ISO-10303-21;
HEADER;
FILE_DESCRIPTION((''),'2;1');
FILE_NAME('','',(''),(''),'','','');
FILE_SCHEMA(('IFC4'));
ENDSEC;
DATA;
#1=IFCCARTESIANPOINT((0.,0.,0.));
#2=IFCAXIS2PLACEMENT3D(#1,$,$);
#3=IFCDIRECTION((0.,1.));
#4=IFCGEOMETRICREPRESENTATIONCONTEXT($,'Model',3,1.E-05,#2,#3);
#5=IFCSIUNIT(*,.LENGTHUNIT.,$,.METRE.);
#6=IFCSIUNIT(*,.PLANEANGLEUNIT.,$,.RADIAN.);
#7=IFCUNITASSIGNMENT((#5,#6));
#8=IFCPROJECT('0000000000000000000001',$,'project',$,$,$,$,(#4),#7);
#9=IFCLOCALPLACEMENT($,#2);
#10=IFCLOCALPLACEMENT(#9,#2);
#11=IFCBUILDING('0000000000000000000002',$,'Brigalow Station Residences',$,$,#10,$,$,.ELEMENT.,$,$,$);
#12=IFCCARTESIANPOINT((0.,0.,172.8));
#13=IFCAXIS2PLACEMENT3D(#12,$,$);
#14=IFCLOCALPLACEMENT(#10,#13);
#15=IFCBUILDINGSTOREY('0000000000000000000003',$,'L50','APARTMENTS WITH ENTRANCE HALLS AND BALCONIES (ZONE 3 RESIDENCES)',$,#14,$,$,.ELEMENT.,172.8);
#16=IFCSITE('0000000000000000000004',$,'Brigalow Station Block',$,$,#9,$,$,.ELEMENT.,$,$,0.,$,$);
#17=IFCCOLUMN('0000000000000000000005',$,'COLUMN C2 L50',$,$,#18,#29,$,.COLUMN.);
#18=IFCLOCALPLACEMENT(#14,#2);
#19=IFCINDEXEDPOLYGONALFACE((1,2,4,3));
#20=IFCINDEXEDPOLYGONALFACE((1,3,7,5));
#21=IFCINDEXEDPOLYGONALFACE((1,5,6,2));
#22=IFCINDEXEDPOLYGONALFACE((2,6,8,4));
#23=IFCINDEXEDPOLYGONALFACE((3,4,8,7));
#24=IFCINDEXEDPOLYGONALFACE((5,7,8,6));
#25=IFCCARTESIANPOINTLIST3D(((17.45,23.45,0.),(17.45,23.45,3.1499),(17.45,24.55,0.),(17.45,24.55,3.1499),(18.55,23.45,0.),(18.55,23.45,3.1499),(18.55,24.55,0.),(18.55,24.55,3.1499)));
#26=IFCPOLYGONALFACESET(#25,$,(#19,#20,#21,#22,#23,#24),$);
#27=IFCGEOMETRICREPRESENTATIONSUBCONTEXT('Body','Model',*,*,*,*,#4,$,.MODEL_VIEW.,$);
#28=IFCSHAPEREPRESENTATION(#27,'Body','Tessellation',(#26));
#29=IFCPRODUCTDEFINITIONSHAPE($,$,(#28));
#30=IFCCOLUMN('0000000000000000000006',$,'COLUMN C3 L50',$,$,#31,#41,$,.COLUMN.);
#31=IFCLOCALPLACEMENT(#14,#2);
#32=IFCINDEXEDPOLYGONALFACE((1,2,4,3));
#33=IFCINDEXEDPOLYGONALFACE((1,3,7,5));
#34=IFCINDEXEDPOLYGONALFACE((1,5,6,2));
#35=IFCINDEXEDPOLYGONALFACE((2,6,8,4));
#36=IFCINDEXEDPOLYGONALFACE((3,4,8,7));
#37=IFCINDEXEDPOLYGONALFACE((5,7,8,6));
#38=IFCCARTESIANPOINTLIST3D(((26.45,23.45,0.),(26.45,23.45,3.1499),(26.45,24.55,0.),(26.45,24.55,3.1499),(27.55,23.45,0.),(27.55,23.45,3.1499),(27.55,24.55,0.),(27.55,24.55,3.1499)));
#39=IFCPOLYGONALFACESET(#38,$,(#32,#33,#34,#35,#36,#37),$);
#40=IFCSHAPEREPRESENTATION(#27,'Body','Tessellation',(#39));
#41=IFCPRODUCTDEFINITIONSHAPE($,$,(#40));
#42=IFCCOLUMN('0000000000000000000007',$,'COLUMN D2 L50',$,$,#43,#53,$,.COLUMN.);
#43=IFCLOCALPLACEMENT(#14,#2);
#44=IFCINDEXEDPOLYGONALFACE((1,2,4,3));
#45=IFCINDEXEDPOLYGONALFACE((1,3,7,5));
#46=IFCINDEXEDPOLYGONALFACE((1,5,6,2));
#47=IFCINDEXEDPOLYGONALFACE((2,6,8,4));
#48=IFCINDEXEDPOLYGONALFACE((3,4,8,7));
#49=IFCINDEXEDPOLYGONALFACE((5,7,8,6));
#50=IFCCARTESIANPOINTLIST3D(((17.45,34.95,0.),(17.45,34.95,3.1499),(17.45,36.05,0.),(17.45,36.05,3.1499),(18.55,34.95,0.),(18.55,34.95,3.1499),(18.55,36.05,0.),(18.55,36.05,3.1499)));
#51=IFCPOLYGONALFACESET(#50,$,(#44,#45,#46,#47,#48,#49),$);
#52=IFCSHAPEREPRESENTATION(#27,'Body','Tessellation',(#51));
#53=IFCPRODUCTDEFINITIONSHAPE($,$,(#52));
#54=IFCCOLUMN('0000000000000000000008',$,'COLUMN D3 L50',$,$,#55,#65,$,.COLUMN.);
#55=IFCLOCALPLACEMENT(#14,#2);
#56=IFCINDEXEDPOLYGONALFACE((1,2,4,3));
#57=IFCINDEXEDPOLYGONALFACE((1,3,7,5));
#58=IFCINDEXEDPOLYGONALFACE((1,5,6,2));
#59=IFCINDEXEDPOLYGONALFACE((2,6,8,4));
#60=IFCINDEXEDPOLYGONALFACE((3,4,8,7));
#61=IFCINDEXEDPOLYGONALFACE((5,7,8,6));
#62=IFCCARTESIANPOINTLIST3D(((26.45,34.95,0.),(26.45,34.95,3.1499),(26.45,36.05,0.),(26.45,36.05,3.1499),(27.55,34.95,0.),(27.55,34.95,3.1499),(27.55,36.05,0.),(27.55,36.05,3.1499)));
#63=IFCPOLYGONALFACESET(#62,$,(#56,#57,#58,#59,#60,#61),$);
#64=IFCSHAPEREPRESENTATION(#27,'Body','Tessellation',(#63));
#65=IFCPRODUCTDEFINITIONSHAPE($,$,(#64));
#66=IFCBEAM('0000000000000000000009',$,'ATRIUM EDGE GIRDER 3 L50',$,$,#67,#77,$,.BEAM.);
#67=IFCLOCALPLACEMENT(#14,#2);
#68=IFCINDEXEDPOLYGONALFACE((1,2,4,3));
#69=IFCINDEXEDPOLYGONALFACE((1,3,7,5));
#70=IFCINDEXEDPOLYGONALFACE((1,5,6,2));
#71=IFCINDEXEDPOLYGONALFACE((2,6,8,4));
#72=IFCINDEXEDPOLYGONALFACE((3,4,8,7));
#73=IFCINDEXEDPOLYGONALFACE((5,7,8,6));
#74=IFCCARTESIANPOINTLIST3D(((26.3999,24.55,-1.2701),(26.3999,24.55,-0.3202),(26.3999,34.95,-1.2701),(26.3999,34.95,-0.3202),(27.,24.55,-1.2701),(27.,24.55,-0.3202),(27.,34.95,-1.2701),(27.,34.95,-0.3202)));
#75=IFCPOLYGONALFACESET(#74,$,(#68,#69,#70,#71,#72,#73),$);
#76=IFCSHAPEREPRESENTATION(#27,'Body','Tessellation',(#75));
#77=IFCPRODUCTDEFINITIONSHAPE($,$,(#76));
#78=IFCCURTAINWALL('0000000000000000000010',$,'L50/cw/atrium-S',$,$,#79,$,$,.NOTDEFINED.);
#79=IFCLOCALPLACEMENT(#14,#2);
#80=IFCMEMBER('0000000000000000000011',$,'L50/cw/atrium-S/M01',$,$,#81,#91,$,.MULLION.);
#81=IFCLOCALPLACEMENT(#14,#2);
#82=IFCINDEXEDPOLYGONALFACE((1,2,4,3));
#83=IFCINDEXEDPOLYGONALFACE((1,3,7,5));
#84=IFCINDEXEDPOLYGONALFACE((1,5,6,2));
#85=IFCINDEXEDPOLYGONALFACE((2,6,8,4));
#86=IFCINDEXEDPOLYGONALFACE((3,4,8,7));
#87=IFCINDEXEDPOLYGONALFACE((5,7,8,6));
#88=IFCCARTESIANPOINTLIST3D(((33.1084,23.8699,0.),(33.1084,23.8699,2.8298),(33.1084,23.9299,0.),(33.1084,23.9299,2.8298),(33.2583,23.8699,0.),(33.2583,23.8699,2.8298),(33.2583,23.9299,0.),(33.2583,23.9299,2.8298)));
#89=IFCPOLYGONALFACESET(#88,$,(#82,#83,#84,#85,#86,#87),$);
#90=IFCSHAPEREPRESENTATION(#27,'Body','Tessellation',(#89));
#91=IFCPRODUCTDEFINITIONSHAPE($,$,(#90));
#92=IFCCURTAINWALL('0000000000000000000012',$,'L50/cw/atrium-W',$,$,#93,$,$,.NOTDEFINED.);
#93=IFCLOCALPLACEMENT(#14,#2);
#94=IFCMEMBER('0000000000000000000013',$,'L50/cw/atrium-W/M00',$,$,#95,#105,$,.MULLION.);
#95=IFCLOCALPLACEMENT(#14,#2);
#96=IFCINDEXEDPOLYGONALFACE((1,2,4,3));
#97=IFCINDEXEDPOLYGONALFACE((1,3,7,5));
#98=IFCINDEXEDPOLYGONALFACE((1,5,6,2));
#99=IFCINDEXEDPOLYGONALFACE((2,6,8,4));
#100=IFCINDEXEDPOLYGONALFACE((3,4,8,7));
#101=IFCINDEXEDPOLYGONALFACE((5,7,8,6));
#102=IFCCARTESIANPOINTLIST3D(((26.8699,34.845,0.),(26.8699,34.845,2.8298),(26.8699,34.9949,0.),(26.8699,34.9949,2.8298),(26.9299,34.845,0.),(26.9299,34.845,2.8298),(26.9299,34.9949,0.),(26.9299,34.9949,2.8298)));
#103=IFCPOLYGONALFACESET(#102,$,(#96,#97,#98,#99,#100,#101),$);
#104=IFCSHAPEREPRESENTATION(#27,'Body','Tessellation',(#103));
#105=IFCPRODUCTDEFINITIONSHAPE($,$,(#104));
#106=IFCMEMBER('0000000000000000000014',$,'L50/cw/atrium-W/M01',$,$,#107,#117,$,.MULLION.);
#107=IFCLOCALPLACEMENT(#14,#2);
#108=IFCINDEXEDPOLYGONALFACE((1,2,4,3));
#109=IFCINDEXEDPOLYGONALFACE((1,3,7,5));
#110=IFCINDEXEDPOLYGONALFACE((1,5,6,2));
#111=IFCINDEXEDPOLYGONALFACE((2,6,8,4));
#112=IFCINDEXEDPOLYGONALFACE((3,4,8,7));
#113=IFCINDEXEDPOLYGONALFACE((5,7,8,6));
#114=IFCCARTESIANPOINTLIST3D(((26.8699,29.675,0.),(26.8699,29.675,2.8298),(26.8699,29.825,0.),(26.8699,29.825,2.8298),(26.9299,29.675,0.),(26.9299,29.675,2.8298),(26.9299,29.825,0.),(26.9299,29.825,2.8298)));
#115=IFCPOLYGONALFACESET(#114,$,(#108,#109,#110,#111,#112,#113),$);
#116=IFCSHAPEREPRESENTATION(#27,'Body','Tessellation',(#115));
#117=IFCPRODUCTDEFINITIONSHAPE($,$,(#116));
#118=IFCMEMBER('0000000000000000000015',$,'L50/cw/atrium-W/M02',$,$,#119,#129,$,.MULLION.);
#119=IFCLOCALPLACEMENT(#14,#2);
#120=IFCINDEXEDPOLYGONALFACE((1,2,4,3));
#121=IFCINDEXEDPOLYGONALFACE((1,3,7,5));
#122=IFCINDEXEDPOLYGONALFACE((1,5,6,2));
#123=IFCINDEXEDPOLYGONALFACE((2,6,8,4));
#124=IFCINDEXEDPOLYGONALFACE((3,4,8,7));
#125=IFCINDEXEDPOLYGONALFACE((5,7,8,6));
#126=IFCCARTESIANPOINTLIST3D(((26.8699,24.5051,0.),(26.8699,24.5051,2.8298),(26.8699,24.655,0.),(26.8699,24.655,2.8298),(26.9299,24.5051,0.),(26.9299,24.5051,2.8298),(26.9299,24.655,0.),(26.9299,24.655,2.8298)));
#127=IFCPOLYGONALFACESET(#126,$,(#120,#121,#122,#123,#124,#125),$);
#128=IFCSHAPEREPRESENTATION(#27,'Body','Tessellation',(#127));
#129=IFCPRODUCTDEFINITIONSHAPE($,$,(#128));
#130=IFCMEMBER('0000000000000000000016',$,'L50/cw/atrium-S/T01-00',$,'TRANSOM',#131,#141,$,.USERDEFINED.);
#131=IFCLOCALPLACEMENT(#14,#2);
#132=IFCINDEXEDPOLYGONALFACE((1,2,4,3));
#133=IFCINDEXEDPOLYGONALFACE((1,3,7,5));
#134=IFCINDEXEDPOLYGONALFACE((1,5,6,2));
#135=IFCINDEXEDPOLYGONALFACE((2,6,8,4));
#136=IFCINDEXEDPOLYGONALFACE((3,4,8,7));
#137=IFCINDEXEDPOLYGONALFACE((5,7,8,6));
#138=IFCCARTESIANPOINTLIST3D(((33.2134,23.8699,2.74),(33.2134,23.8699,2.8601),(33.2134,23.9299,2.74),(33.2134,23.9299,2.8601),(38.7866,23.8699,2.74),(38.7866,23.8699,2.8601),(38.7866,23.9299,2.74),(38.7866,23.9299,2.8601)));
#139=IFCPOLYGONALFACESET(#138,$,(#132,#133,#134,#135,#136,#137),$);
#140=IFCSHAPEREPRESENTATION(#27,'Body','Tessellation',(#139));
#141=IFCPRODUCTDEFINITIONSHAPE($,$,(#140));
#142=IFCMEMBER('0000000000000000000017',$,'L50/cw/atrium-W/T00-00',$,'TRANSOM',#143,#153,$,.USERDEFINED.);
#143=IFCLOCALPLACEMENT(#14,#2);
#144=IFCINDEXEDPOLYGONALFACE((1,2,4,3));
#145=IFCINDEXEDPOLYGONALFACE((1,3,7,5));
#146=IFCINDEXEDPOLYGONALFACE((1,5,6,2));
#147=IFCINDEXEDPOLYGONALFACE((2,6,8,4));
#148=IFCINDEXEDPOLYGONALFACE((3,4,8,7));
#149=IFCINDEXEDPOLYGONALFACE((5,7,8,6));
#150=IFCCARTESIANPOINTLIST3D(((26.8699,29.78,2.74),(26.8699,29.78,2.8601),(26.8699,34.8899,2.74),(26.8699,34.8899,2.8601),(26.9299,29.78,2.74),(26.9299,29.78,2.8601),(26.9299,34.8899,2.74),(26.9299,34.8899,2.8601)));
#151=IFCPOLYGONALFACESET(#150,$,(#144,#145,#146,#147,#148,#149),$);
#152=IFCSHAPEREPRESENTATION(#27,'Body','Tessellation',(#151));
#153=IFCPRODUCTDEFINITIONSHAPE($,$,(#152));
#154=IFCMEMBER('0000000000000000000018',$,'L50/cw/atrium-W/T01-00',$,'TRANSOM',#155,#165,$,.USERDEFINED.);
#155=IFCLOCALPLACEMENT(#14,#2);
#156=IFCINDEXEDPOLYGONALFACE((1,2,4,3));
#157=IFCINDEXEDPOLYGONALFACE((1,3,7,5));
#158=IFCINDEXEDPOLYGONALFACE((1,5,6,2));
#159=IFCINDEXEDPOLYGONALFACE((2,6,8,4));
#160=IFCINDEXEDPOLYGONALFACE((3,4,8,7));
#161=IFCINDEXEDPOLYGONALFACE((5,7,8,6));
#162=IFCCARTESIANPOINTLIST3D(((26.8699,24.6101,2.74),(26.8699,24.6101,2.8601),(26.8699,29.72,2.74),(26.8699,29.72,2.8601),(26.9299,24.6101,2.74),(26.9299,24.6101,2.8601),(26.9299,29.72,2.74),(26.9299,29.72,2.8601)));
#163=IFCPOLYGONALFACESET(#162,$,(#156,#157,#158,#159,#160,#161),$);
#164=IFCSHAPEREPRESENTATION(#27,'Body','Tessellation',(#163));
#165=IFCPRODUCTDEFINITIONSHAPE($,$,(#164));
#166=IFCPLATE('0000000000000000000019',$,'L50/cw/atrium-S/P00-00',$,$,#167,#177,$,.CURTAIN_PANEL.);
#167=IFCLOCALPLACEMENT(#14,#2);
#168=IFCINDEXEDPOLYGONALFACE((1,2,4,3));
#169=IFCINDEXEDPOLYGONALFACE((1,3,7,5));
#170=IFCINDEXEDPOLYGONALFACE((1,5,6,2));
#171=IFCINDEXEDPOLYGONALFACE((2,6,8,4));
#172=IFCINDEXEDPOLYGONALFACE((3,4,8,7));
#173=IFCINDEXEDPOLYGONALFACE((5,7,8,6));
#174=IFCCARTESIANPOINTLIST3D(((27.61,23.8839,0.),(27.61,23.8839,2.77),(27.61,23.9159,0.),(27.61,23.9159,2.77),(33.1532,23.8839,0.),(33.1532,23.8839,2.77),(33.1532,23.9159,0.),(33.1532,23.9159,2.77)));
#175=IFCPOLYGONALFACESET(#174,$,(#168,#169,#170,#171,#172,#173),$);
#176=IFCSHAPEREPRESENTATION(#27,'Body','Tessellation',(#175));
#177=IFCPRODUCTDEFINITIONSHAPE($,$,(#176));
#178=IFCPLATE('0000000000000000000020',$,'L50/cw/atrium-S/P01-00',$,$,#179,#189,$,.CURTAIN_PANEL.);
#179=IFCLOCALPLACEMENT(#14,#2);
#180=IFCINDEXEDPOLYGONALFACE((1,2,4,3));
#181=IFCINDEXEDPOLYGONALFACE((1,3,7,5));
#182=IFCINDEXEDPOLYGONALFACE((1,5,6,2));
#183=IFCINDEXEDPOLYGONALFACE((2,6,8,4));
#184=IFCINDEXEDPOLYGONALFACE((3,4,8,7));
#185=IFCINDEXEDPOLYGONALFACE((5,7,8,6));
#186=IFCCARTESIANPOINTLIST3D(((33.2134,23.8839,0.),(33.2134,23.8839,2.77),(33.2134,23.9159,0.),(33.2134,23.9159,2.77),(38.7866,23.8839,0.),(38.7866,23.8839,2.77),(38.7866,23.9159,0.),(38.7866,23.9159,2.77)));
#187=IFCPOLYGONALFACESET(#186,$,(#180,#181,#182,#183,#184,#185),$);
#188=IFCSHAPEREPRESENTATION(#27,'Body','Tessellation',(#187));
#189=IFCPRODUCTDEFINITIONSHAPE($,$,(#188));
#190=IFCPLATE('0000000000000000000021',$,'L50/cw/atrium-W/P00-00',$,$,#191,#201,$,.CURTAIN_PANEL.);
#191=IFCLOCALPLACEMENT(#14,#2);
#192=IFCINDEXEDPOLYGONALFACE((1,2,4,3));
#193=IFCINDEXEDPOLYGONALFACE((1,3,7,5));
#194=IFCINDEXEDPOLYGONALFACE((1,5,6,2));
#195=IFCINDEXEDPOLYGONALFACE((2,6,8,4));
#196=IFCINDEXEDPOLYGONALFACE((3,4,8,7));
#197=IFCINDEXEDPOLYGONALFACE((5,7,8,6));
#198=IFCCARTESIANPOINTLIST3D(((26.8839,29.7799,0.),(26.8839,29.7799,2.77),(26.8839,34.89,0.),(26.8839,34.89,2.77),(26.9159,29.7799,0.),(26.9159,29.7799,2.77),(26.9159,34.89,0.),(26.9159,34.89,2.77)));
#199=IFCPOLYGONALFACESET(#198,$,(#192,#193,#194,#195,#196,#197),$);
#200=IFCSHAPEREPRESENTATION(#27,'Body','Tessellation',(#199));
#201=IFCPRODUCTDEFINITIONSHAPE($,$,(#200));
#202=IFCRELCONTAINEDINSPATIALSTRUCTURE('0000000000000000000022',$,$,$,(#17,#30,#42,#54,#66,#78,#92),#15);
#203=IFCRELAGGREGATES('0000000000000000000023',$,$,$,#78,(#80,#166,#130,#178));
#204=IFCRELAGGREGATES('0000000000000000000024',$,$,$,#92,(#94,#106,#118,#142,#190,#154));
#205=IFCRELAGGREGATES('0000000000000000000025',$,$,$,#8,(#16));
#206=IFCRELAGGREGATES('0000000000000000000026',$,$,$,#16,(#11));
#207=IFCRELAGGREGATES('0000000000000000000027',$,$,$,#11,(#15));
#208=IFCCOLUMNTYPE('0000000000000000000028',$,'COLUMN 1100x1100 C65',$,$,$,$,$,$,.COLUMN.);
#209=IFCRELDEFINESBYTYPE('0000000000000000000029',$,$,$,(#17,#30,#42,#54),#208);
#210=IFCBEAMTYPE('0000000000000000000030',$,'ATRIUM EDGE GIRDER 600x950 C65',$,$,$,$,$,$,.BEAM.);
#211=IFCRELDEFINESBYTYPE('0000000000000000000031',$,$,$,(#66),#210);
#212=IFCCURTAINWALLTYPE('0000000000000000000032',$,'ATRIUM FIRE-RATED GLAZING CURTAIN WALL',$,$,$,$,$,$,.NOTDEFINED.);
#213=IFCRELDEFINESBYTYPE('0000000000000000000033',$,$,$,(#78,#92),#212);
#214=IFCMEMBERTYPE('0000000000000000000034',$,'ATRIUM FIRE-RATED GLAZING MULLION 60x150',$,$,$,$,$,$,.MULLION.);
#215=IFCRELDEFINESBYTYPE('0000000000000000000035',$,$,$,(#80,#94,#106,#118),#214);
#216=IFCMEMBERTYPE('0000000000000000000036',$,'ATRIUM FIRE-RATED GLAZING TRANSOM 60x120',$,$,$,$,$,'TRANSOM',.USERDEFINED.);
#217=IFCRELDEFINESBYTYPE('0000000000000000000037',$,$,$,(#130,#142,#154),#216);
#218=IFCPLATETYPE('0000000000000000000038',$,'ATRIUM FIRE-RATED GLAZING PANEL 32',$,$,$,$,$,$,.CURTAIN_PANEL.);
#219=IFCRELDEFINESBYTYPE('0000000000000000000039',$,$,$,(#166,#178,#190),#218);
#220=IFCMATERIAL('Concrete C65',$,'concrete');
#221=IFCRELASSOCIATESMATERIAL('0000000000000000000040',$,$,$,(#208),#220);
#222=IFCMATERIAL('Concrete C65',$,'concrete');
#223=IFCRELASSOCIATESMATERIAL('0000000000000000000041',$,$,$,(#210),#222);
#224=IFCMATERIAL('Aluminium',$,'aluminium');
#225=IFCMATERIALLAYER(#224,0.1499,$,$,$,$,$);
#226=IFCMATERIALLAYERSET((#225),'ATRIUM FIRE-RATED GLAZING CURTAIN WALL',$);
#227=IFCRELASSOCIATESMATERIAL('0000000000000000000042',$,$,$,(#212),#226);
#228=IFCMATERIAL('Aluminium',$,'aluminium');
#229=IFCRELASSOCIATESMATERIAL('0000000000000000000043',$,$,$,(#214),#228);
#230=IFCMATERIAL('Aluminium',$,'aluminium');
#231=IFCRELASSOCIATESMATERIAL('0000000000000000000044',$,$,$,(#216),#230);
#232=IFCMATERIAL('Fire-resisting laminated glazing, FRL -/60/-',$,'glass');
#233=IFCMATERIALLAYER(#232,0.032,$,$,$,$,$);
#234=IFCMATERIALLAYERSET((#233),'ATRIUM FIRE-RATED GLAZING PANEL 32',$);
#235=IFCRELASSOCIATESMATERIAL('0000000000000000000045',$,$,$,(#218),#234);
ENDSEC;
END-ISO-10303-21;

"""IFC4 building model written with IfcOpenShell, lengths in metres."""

from ifc_helpers import new_model, si_unit, direction, frame, origin, origin_2d, place, context, subcontext, project, spatial, rectangle, extrude, material, layer, layer_set, material_profile, profile_set, type_object, element, aggregate, save


model = new_model("IFC4")

# Units and contexts
model_context = context("Model", 3, precision=1e-05, world=origin(), true_north=direction((0.0, 1.0)))
body_context = subcontext(model_context, "Body", "Model", "MODEL_VIEW")
ifc_project = project(units=[si_unit("LENGTHUNIT", "METRE"), si_unit("PLANEANGLEUNIT", "RADIAN")], contexts=[model_context])

# Site, building, storey
site_placement = place(None, origin())
site = spatial("IfcSite", under=ifc_project, at=site_placement, Name="Brigalow Station Block", CompositionType="ELEMENT", RefElevation=0.0)
building_placement = place(site_placement, origin())
building = spatial("IfcBuilding", under=site, at=building_placement, Name="Brigalow Station Residences", CompositionType="ELEMENT")
storey_placement = place(building_placement, frame((0.0, 0.0, 172.8)))
storey = spatial("IfcBuildingStorey", under=building, at=storey_placement, Name="L50", Description="APARTMENTS WITH ENTRANCE HALLS AND BALCONIES (ZONE 3 RESIDENCES)", CompositionType="ELEMENT", Elevation=172.8)

# Columns
ifc_material_1 = material(Name="Concrete C65", Category="concrete")
ifc_material_profile_1 = material_profile(ifc_material_1, rectangle(XDim=1.1001, YDim=1.1001, at=origin_2d()), Name="RC1100x1100")
ifc_profile_set_1 = profile_set([ifc_material_profile_1], Name="Concrete C65")
column_type = type_object("IfcColumnType", Name="COLUMN 1100x1100 C65", PredefinedType="COLUMN", material=ifc_profile_set_1)
for number, where, z_axis, x_axis, name in (
    (1, (18.0, 24.0, 0.0), (0.0, 0.0, 1.0), (1.0, 0.0, 0.0), "COLUMN C2 L50"),
    (2, (27.0, 24.0, 0.0), (0.0, 0.0, 1.0), (1.0, 0.0, 0.0), "COLUMN C3 L50"),
    (3, (18.0, 35.5, 0.0), (0.0, 0.0, 1.0), (1.0, 0.0, 0.0), "COLUMN D2 L50"),
    (4, (27.0, 35.5, 0.0), (0.0, 0.0, 1.0), (1.0, 0.0, 0.0), "COLUMN D3 L50"),
):
    element("IfcColumn", number, at=place(storey_placement, frame(where, z_axis=z_axis, x_axis=x_axis)), inside=storey, type_object=column_type, Name=name, PredefinedType="COLUMN", context=body_context, shape_type="SweptSolid", body=[
        extrude(rectangle(XDim=1.1001, YDim=1.1001, at=origin_2d()), origin(), (0.0, 0.0, 1.0), 3.1499),
    ])

# Beam
ifc_material_2 = material(Name="Concrete C65", Category="concrete")
ifc_material_profile_2 = material_profile(ifc_material_2, rectangle(XDim=0.6001, YDim=0.95, at=origin_2d()), Name="RC600x950")
ifc_profile_set_2 = profile_set([ifc_material_profile_2], Name="Concrete C65")
beam_type = type_object("IfcBeamType", Name="ATRIUM EDGE GIRDER 600x950 C65", PredefinedType="BEAM", material=ifc_profile_set_2)
beam_placement = place(storey_placement, frame((26.7, 24.55, -0.7952), z_axis=(0.0, 1.0, 0.0), x_axis=(-1.0, 0.0, 0.0)))
element("IfcBeam", 5, at=beam_placement, inside=storey, type_object=beam_type, Name="ATRIUM EDGE GIRDER 3 L50", PredefinedType="BEAM", context=body_context, shape_type="SweptSolid", body=[
    extrude(rectangle(XDim=0.6001, YDim=0.95, at=origin_2d()), origin(), (0.0, 0.0, 1.0), 10.3999),
])

# Curtain wall, member
ifc_material_3 = material(Name="Aluminium", Category="aluminium")
ifc_layer_1 = layer(ifc_material_3, 0.1499)
ifc_layer_set_1 = layer_set([ifc_layer_1], Name="ATRIUM FIRE-RATED GLAZING CURTAIN WALL")
curtain_wall_type = type_object("IfcCurtainWallType", Name="ATRIUM FIRE-RATED GLAZING CURTAIN WALL", PredefinedType="NOTDEFINED", material=ifc_layer_set_1)
curtain_wall_1_placement = place(storey_placement, origin())
curtain_wall_1 = element("IfcCurtainWall", 6, at=curtain_wall_1_placement, inside=storey, type_object=curtain_wall_type, Name="L50/cw/atrium-S", PredefinedType="NOTDEFINED")
ifc_material_4 = material(Name="Aluminium", Category="aluminium")
ifc_material_profile_3 = material_profile(ifc_material_4, rectangle(XDim=0.0601, YDim=0.1499, at=origin_2d()), Name="ATRIUM FIRE-RATED GLAZING MULLION 60x150")
ifc_profile_set_3 = profile_set([ifc_material_profile_3], Name="Aluminium")
member_type_1 = type_object("IfcMemberType", Name="ATRIUM FIRE-RATED GLAZING MULLION 60x150", PredefinedType="MULLION", material=ifc_profile_set_3)
member_1_placement = place(storey_placement, frame((33.1833, 23.8999, 0.0), z_axis=(0.0, 0.0, 1.0), x_axis=(0.0, 1.0, 0.0)))
member_1 = element("IfcMember", 7, at=member_1_placement, type_object=member_type_1, Name="L50/cw/atrium-S/M01", PredefinedType="MULLION", context=body_context, shape_type="SweptSolid", body=[
    extrude(rectangle(XDim=0.0601, YDim=0.1499, at=origin_2d()), origin(), (0.0, 0.0, 1.0), 2.8298),
])

# Curtain wall, members
curtain_wall_2_placement = place(storey_placement, origin())
curtain_wall_2 = element("IfcCurtainWall", 8, at=curtain_wall_2_placement, inside=storey, type_object=curtain_wall_type, Name="L50/cw/atrium-W", PredefinedType="NOTDEFINED")
member_2_placement = place(storey_placement, frame((26.8999, 34.9199, 0.0), z_axis=(0.0, 0.0, 1.0), x_axis=(1.0, 0.0, 0.0)))
member_2 = element("IfcMember", 9, at=member_2_placement, type_object=member_type_1, Name="L50/cw/atrium-W/M00", PredefinedType="MULLION", context=body_context, shape_type="SweptSolid", body=[
    extrude(rectangle(XDim=0.0601, YDim=0.1499, at=origin_2d()), origin(), (0.0, 0.0, 1.0), 2.8298),
])
member_3_placement = place(storey_placement, frame((26.8999, 29.75, 0.0), z_axis=(0.0, 0.0, 1.0), x_axis=(1.0, 0.0, 0.0)))
member_3 = element("IfcMember", 10, at=member_3_placement, type_object=member_type_1, Name="L50/cw/atrium-W/M01", PredefinedType="MULLION", context=body_context, shape_type="SweptSolid", body=[
    extrude(rectangle(XDim=0.0601, YDim=0.1499, at=origin_2d()), origin(), (0.0, 0.0, 1.0), 2.8298),
])
member_4_placement = place(storey_placement, frame((26.8999, 24.5801, 0.0), z_axis=(0.0, 0.0, 1.0), x_axis=(1.0, 0.0, 0.0)))
member_4 = element("IfcMember", 11, at=member_4_placement, type_object=member_type_1, Name="L50/cw/atrium-W/M02", PredefinedType="MULLION", context=body_context, shape_type="SweptSolid", body=[
    extrude(rectangle(XDim=0.0601, YDim=0.1499, at=origin_2d()), origin(), (0.0, 0.0, 1.0), 2.8298),
])

# Members
ifc_material_5 = material(Name="Aluminium", Category="aluminium")
ifc_material_profile_4 = material_profile(ifc_material_5, rectangle(XDim=0.0601, YDim=0.1201, at=origin_2d()), Name="ATRIUM FIRE-RATED GLAZING TRANSOM 60x120")
ifc_profile_set_4 = profile_set([ifc_material_profile_4], Name="Aluminium")
member_type_2 = type_object("IfcMemberType", Name="ATRIUM FIRE-RATED GLAZING TRANSOM 60x120", ElementType="TRANSOM", PredefinedType="USERDEFINED", material=ifc_profile_set_4)
member_5_placement = place(storey_placement, frame((33.2134, 23.8999, 2.8), z_axis=(1.0, 0.0, 0.0), x_axis=(0.0, 1.0, 0.0)))
member_5 = element("IfcMember", 12, at=member_5_placement, type_object=member_type_2, Name="L50/cw/atrium-S/T01-00", ObjectType="TRANSOM", PredefinedType="USERDEFINED", context=body_context, shape_type="SweptSolid", body=[
    extrude(rectangle(XDim=0.0601, YDim=0.1201, at=origin_2d()), origin(), (0.0, 0.0, 1.0), 5.5732),
])
member_6_placement = place(storey_placement, frame((26.8999, 34.8899, 2.8), z_axis=(0.0, -1.0, 0.0), x_axis=(1.0, 0.0, 0.0)))
member_6 = element("IfcMember", 13, at=member_6_placement, type_object=member_type_2, Name="L50/cw/atrium-W/T00-00", ObjectType="TRANSOM", PredefinedType="USERDEFINED", context=body_context, shape_type="SweptSolid", body=[
    extrude(rectangle(XDim=0.0601, YDim=0.1201, at=origin_2d()), origin(), (0.0, 0.0, 1.0), 5.1099),
])
member_7_placement = place(storey_placement, frame((26.8999, 29.72, 2.8), z_axis=(0.0, -1.0, 0.0), x_axis=(1.0, 0.0, 0.0)))
member_7 = element("IfcMember", 14, at=member_7_placement, type_object=member_type_2, Name="L50/cw/atrium-W/T01-00", ObjectType="TRANSOM", PredefinedType="USERDEFINED", context=body_context, shape_type="SweptSolid", body=[
    extrude(rectangle(XDim=0.0601, YDim=0.1201, at=origin_2d()), origin(), (0.0, 0.0, 1.0), 5.1099),
])

# Plates
ifc_material_6 = material(Name="Fire-resisting laminated glazing, FRL -/60/-", Category="glass")
ifc_layer_2 = layer(ifc_material_6, 0.032)
ifc_layer_set_2 = layer_set([ifc_layer_2], Name="ATRIUM FIRE-RATED GLAZING PANEL 32")
plate_type = type_object("IfcPlateType", Name="ATRIUM FIRE-RATED GLAZING PANEL 32", PredefinedType="CURTAIN_PANEL", material=ifc_layer_set_2)
plate_1_placement = place(storey_placement, frame((30.3816, 23.8999, 0.0), z_axis=(0.0, 0.0, 1.0), x_axis=(1.0, 0.0, 0.0)))
plate_1 = element("IfcPlate", 15, at=plate_1_placement, type_object=plate_type, Name="L50/cw/atrium-S/P00-00", PredefinedType="CURTAIN_PANEL", context=body_context, shape_type="SweptSolid", body=[
    extrude(rectangle(XDim=5.5432, YDim=0.032, at=origin_2d()), origin(), (0.0, 0.0, 1.0), 2.77),
])
plate_2_placement = place(storey_placement, frame((36.0, 23.8999, 0.0), z_axis=(0.0, 0.0, 1.0), x_axis=(1.0, 0.0, 0.0)))
plate_2 = element("IfcPlate", 16, at=plate_2_placement, type_object=plate_type, Name="L50/cw/atrium-S/P01-00", PredefinedType="CURTAIN_PANEL", context=body_context, shape_type="SweptSolid", body=[
    extrude(rectangle(XDim=5.5732, YDim=0.032, at=origin_2d()), origin(), (0.0, 0.0, 1.0), 2.77),
])
aggregate(curtain_wall_1, [member_1, plate_1, member_5, plate_2])
plate_3_placement = place(storey_placement, frame((26.8999, 32.335, 0.0), z_axis=(0.0, 0.0, 1.0), x_axis=(0.0, -1.0, 0.0)))
plate_3 = element("IfcPlate", 17, at=plate_3_placement, type_object=plate_type, Name="L50/cw/atrium-W/P00-00", PredefinedType="CURTAIN_PANEL", context=body_context, shape_type="SweptSolid", body=[
    extrude(rectangle(XDim=5.1101, YDim=0.032, at=origin_2d()), origin(), (0.0, 0.0, 1.0), 2.77),
])
aggregate(curtain_wall_2, [member_2, member_3, member_4, member_6, plate_3, member_7])

save(model, "model.ifc")
